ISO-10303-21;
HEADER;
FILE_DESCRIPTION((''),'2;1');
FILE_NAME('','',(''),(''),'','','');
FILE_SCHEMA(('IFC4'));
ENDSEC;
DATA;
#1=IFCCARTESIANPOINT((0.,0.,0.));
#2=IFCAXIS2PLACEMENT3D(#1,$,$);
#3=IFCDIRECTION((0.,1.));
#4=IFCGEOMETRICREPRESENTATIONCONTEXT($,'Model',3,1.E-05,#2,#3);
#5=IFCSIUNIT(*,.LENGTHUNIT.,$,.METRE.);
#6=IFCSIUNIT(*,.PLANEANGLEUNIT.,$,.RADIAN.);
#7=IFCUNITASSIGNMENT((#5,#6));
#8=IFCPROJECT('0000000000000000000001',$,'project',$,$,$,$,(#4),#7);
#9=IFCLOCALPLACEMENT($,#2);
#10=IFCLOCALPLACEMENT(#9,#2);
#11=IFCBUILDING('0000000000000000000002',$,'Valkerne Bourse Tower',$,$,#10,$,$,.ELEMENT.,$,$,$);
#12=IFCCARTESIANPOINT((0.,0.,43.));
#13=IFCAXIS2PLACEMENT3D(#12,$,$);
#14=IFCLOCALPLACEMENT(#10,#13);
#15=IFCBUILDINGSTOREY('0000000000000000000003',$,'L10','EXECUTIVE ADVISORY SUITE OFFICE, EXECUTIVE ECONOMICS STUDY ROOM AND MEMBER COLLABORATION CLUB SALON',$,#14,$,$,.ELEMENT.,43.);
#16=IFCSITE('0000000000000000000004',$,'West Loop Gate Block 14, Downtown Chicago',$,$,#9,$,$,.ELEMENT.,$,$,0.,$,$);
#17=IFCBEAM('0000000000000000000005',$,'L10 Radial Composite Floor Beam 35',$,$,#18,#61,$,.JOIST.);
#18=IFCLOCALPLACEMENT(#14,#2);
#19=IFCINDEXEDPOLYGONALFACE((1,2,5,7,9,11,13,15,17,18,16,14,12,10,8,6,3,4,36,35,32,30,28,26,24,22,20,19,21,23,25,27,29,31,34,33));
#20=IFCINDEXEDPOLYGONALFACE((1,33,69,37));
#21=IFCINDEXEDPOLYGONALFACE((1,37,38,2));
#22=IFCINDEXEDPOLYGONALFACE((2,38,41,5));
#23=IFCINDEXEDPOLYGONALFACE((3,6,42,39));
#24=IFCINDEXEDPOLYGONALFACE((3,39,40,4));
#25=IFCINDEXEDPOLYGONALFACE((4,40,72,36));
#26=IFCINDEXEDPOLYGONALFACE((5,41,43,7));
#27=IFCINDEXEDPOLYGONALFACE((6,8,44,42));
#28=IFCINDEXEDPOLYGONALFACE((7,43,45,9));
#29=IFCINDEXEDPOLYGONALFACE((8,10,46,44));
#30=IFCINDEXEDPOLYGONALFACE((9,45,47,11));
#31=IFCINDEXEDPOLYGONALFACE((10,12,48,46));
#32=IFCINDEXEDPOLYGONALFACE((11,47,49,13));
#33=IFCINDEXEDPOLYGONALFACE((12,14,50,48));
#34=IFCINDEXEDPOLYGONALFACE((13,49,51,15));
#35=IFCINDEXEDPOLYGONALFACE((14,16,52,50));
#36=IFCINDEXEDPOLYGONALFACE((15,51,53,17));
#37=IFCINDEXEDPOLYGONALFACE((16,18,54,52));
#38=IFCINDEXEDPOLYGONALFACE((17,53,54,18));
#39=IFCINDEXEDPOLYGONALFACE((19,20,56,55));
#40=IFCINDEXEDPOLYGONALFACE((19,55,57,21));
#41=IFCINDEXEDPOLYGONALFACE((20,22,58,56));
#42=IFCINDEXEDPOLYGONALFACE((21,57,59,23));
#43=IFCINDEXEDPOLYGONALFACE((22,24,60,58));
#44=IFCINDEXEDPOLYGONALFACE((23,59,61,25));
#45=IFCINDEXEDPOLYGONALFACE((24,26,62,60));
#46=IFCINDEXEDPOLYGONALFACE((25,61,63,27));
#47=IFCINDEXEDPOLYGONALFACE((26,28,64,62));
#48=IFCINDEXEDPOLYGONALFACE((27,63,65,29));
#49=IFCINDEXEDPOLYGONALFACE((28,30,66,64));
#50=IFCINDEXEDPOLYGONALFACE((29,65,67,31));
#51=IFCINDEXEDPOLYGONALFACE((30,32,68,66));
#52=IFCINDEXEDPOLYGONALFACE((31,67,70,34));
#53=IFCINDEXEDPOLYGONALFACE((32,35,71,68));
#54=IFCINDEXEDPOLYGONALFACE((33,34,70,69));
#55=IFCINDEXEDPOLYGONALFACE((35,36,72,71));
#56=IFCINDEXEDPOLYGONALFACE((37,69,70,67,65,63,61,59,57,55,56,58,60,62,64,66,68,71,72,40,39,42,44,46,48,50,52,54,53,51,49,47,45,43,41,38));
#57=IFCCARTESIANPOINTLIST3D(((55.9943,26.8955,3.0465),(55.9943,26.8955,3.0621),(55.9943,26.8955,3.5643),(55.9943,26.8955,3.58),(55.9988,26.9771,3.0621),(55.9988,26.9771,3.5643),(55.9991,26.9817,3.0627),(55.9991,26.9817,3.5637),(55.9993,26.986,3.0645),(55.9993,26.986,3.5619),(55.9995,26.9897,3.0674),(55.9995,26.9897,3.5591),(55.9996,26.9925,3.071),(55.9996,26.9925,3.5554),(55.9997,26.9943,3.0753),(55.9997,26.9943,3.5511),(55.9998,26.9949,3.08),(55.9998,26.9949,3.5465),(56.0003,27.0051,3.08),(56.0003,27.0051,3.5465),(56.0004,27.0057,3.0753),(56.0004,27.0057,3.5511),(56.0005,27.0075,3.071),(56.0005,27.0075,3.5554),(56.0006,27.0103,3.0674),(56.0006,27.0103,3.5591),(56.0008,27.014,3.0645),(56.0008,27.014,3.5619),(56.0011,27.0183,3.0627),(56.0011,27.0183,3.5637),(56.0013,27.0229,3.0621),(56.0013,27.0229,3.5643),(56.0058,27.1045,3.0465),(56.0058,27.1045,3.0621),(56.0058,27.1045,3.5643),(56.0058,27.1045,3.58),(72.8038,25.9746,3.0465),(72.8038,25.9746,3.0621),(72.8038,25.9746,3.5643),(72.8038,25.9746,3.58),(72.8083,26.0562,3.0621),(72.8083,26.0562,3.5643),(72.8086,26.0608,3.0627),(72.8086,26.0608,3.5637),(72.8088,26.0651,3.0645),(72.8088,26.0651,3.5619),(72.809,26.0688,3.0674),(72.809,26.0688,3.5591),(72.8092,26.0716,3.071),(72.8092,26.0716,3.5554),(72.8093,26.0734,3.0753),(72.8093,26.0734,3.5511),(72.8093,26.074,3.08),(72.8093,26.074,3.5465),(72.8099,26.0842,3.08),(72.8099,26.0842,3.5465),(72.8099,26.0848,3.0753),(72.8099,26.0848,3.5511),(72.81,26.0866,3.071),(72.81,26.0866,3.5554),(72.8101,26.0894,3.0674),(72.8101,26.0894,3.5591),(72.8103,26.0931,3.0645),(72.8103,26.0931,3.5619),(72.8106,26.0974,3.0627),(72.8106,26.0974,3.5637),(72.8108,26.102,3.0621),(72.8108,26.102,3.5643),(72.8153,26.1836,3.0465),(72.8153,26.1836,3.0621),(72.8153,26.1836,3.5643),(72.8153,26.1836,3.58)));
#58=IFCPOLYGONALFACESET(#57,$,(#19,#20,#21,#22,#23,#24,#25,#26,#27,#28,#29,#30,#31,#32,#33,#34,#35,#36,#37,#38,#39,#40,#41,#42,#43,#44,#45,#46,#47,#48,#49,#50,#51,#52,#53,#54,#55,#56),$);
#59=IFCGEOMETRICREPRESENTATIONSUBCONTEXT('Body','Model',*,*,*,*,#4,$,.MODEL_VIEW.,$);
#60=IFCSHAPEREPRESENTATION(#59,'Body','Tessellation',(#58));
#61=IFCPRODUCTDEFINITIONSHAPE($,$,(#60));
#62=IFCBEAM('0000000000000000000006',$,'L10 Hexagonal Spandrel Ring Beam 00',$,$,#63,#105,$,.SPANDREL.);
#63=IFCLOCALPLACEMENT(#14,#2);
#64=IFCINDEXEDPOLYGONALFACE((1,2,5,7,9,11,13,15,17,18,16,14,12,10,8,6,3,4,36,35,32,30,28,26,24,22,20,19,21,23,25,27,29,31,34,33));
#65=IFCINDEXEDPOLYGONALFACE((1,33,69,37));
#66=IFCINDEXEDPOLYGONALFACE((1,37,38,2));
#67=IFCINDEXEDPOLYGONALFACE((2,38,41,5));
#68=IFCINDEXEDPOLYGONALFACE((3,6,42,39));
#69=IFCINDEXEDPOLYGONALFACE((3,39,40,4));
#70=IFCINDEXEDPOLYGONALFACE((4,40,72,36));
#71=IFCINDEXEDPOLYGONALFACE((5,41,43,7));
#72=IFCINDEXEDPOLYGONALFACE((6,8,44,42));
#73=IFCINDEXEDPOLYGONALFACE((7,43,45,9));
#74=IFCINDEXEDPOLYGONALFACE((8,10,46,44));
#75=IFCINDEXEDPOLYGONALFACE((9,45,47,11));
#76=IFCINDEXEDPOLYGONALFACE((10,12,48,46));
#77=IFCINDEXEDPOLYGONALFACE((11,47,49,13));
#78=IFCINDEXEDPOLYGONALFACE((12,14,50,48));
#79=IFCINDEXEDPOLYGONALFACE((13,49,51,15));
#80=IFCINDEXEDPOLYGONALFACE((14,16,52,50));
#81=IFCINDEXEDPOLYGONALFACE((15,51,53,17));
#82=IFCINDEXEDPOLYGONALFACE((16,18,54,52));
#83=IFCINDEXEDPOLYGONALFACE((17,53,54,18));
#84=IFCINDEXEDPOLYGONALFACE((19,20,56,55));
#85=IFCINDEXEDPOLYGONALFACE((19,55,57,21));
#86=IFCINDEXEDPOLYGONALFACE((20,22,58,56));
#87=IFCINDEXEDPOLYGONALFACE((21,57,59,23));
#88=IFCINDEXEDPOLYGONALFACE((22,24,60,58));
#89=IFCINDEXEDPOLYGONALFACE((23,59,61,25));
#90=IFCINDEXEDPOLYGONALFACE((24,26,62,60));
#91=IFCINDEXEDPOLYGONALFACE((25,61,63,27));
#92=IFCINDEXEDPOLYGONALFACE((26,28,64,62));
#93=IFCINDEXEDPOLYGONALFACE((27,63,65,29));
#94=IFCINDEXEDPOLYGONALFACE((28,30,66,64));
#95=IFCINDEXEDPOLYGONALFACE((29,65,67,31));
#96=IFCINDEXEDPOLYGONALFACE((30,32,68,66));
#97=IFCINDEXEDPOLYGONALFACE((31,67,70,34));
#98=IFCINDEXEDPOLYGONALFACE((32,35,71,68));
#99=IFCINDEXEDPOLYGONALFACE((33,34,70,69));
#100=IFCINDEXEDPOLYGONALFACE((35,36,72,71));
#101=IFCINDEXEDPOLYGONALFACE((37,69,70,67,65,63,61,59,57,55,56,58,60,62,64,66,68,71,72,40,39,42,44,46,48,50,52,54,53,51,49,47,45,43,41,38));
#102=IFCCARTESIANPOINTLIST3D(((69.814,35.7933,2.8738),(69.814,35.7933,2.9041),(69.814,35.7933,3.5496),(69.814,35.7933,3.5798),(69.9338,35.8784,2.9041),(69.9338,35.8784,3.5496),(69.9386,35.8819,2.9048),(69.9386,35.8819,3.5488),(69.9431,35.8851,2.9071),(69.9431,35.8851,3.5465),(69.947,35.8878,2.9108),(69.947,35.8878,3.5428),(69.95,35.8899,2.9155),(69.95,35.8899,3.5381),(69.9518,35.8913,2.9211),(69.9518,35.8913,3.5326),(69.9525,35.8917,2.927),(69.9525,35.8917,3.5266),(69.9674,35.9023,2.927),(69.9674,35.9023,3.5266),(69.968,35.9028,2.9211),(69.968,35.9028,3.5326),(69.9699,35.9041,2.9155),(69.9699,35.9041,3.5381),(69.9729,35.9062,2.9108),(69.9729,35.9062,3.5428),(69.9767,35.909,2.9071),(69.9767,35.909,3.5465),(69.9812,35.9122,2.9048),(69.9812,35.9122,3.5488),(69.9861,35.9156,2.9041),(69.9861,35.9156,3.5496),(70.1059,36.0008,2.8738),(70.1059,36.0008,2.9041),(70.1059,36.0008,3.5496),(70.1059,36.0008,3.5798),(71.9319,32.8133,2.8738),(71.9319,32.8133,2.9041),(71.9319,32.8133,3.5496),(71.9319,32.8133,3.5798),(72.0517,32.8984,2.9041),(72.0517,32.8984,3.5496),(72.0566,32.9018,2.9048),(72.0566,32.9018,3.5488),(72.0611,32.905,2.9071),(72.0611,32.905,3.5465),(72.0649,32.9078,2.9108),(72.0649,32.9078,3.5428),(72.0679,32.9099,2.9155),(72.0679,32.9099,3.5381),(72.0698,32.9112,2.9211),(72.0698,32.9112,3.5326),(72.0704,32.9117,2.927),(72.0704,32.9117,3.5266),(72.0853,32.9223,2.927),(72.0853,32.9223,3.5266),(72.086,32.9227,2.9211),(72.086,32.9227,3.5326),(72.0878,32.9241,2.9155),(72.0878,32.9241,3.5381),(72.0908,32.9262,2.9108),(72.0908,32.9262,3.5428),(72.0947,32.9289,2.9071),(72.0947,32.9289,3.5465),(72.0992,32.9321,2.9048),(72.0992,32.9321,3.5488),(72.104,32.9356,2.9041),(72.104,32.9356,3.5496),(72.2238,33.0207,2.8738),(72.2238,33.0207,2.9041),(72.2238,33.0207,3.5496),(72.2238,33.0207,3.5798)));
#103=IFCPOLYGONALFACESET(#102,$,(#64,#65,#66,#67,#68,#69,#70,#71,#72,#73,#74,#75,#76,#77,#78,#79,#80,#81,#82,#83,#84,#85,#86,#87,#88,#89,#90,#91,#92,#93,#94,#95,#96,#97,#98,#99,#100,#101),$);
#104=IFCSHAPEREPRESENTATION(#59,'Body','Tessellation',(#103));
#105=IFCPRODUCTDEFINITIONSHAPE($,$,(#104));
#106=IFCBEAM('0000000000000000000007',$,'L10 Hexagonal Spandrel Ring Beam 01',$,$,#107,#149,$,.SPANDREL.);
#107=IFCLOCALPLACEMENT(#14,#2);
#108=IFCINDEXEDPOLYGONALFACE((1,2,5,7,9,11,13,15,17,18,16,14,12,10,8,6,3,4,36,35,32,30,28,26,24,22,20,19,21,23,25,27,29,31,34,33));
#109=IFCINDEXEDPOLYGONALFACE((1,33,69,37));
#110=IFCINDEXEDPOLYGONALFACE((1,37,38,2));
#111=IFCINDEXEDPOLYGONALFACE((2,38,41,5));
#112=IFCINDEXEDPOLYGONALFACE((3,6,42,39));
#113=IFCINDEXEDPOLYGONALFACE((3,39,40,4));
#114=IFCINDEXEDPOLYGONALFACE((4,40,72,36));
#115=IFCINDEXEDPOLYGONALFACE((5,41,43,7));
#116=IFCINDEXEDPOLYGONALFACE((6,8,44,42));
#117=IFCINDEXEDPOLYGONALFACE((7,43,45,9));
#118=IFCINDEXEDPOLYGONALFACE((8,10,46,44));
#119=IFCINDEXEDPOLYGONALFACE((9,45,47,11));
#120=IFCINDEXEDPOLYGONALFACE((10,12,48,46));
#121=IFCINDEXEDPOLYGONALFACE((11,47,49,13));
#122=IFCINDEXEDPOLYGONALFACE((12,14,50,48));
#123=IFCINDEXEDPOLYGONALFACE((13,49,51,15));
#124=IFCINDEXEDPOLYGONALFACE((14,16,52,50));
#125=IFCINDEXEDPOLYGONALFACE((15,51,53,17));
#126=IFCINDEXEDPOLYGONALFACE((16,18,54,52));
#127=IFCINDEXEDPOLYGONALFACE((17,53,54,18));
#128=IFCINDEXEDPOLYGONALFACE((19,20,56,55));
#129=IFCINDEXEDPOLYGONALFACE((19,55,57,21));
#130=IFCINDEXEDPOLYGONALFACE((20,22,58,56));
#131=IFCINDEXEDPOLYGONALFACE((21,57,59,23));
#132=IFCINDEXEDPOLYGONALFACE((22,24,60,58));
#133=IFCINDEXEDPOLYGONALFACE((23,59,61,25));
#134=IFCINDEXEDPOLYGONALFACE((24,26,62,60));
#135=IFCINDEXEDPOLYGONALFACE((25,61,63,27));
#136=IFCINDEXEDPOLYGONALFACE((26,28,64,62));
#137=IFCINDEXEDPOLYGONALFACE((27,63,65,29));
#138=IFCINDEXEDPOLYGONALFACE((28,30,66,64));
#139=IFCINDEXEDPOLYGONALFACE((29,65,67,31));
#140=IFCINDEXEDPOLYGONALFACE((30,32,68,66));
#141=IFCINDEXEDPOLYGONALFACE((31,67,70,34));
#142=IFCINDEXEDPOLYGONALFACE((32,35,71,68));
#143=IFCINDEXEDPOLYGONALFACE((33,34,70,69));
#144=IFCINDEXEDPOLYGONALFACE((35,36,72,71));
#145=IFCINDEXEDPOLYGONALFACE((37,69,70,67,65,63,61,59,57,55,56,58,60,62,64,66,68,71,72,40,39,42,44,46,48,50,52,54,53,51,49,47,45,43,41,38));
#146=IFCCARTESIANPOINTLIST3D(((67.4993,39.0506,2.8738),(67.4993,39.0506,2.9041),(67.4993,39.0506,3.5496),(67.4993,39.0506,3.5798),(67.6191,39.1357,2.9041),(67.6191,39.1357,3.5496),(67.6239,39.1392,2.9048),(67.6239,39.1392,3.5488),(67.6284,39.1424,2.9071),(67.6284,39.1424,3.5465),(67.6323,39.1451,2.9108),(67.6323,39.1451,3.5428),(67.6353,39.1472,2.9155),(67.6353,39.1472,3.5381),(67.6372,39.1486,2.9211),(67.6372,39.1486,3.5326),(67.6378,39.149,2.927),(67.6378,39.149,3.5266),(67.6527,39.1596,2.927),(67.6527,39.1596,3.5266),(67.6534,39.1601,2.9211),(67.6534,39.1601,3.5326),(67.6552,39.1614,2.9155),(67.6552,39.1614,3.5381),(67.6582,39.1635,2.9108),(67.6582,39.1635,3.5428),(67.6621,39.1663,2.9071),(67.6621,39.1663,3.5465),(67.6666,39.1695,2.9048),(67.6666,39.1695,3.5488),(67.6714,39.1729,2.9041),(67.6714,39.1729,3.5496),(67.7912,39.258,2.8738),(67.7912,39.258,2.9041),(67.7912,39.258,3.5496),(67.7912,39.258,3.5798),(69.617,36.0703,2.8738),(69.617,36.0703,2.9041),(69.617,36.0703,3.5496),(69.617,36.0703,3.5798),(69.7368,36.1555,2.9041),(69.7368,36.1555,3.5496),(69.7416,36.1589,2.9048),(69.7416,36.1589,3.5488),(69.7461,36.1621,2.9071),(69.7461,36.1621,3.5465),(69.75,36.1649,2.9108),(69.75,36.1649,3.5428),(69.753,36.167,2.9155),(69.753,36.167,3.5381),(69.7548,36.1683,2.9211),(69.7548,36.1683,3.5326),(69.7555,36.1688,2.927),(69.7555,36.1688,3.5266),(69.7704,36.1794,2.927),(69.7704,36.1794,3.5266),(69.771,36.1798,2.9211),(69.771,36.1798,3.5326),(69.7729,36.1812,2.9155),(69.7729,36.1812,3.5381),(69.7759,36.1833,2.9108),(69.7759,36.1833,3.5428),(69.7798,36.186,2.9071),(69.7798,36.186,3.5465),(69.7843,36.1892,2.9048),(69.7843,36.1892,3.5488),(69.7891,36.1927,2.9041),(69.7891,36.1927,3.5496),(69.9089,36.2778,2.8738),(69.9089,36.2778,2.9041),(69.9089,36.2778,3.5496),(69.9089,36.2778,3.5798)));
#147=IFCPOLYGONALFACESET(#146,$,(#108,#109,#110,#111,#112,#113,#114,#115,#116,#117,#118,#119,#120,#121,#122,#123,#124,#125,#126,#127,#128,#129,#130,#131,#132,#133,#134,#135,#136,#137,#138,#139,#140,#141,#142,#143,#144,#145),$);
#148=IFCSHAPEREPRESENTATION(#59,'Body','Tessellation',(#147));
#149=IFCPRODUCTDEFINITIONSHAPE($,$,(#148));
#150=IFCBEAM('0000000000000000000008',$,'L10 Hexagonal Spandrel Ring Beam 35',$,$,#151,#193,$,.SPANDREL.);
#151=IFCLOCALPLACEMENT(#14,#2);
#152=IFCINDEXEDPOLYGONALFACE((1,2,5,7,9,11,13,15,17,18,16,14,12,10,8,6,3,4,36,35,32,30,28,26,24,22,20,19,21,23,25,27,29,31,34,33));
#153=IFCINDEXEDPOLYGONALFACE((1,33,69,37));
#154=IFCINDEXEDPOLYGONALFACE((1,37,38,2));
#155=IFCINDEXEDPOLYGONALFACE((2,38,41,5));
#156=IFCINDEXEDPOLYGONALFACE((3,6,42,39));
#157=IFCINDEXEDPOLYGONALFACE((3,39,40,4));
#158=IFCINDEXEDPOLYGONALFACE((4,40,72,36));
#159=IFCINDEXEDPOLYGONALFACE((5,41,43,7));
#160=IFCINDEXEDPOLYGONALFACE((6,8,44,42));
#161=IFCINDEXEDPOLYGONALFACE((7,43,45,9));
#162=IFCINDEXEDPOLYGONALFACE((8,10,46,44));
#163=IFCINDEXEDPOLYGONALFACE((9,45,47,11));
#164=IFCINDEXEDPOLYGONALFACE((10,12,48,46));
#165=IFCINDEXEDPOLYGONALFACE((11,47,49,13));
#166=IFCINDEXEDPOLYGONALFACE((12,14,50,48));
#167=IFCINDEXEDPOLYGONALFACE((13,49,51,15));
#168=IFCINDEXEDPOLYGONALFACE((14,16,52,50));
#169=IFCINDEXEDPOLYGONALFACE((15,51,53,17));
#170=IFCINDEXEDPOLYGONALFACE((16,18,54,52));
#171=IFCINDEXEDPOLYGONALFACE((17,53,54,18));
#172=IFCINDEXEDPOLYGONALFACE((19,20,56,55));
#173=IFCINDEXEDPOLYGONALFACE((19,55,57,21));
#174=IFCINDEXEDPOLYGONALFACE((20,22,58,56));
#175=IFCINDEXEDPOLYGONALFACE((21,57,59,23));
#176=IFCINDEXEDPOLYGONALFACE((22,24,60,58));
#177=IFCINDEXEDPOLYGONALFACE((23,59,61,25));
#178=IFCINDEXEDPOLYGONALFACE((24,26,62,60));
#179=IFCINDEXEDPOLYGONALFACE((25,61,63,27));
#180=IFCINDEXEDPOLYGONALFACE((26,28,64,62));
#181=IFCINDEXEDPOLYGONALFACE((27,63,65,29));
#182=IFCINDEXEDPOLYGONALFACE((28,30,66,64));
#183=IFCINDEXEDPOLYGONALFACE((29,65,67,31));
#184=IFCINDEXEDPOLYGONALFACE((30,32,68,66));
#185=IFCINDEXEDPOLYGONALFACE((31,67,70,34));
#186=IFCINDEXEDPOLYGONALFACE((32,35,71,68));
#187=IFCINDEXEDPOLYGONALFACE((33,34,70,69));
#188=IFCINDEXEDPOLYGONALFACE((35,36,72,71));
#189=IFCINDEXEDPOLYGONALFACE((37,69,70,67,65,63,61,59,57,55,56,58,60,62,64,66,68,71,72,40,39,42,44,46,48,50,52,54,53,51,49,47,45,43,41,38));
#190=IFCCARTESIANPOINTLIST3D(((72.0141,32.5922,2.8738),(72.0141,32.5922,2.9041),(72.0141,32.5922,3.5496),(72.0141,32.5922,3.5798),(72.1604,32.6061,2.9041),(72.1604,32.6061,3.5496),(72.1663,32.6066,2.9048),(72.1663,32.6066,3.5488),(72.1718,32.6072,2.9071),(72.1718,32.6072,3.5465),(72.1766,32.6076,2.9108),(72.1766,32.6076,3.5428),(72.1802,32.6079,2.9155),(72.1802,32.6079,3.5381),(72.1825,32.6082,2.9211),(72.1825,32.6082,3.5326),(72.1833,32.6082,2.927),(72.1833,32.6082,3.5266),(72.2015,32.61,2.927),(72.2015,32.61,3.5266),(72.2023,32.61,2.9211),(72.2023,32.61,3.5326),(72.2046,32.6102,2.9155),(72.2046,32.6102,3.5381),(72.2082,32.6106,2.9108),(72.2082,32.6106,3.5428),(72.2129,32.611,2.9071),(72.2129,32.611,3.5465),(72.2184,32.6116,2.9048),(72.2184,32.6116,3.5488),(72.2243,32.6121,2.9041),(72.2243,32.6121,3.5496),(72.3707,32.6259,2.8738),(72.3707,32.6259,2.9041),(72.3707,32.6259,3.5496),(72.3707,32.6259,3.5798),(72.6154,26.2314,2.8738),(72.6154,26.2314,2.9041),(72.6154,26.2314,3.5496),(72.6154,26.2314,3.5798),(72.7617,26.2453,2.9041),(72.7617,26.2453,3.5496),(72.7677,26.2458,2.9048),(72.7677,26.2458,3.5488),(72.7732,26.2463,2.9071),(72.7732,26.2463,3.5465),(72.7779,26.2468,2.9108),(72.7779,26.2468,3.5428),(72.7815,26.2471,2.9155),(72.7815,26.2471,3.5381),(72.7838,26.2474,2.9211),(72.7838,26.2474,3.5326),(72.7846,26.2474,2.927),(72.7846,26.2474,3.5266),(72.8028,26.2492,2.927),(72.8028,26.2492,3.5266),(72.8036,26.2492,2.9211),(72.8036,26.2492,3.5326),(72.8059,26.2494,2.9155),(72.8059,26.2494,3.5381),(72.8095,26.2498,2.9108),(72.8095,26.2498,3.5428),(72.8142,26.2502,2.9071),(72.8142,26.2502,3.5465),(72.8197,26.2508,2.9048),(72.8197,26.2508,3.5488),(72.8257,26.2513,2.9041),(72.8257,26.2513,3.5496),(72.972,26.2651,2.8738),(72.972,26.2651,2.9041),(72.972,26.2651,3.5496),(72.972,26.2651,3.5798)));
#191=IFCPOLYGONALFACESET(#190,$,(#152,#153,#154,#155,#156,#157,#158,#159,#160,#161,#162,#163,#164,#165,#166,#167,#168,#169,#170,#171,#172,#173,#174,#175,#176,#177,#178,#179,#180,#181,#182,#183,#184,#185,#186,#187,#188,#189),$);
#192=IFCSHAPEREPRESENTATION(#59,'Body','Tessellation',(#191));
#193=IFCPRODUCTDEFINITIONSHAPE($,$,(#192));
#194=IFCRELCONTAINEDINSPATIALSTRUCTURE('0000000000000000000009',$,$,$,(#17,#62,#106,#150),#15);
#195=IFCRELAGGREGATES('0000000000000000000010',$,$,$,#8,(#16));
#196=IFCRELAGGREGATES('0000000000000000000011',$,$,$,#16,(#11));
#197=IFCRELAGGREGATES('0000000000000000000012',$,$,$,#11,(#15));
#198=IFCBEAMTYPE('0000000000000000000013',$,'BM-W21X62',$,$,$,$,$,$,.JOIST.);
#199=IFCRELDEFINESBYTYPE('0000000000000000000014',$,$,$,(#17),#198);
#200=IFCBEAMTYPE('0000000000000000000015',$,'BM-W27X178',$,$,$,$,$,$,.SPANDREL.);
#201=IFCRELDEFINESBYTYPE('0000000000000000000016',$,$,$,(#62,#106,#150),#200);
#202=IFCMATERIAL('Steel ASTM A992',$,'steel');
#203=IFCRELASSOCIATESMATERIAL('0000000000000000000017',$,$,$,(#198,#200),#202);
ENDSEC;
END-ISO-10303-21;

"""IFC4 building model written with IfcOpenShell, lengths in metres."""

from ifc_helpers import new_model, si_unit, direction, frame, origin, origin_2d, place, context, subcontext, project, spatial, i_section, extrude, material, material_profile, profile_set, type_object, element, save


model = new_model("IFC4")

# Units and contexts
model_context = context("Model", 3, precision=1e-05, world=origin(), true_north=direction((0.0, 1.0)))
body_context = subcontext(model_context, "Body", "Model", "MODEL_VIEW")
ifc_project = project(units=[si_unit("LENGTHUNIT", "METRE"), si_unit("PLANEANGLEUNIT", "RADIAN")], contexts=[model_context])

# Site, building, storey
site_placement = place(None, origin())
site = spatial("IfcSite", under=ifc_project, at=site_placement, Name="West Loop Gate Block 14, Downtown Chicago", CompositionType="ELEMENT", RefElevation=0.0)
building_placement = place(site_placement, origin())
building = spatial("IfcBuilding", under=site, at=building_placement, Name="Valkerne Bourse Tower", CompositionType="ELEMENT")
storey_placement = place(building_placement, frame((0.0, 0.0, 43.0)))
storey = spatial("IfcBuildingStorey", under=building, at=storey_placement, Name="L10", Description="EXECUTIVE ADVISORY SUITE OFFICE, EXECUTIVE ECONOMICS STUDY ROOM AND MEMBER COLLABORATION CLUB SALON", CompositionType="ELEMENT", Elevation=43.0)

# Beams
ifc_material_1 = material(Name="Steel ASTM A992", Category="steel")
ifc_material_profile_1 = material_profile(ifc_material_1, i_section(OverallWidth=0.2092, OverallDepth=0.5334, WebThickness=0.0103, FlangeThickness=0.0156, FilletRadius=0.0178, at=origin_2d()), Name="W21X62")
ifc_profile_set_1 = profile_set([ifc_material_profile_1], Name="Steel ASTM A992")
beam_type_1 = type_object("IfcBeamType", Name="BM-W21X62", PredefinedType="JOIST", material=ifc_profile_set_1)
beam_1_placement = place(storey_placement, frame((72.8096, 26.0791, 3.3132), z_axis=(-0.998503, 0.054702, 0.0), x_axis=(-0.054702, -0.998503, 0.0)))
element("IfcBeam", 1, at=beam_1_placement, inside=storey, type_object=beam_type_1, Name="L10 Radial Composite Floor Beam 35", PredefinedType="JOIST", context=body_context, shape_type="SweptSolid", body=[
    extrude(i_section(OverallWidth=0.2092, OverallDepth=0.5334, WebThickness=0.0103, FlangeThickness=0.0156, FilletRadius=0.0178, at=origin_2d()), origin(), (0.0, 0.0, 1.0), 16.8347),
])
ifc_material_profile_2 = material_profile(ifc_material_1, i_section(OverallWidth=0.3582, OverallDepth=0.7061, WebThickness=0.0183, FlangeThickness=0.0303, FilletRadius=0.0229, at=origin_2d()), Name="W27X178")
ifc_profile_set_2 = profile_set([ifc_material_profile_2], Name="Steel ASTM A992")
beam_type_2 = type_object("IfcBeamType", Name="BM-W27X178", PredefinedType="SPANDREL", material=ifc_profile_set_2)
for number, where, z_axis, x_axis, name in (
    (2, (72.0779, 32.917, 3.2268), (-0.57931, 0.815107, 0.0), (-0.815107, -0.57931, 0.0), "L10 Hexagonal Spandrel Ring Beam 00"),
    (3, (69.7629, 36.1741, 3.2268), (-0.579234, 0.815161, 0.0), (-0.815161, -0.579234, 0.0), "L10 Hexagonal Spandrel Ring Beam 01"),
):
    element("IfcBeam", number, at=place(storey_placement, frame(where, z_axis=z_axis, x_axis=x_axis)), inside=storey, type_object=beam_type_2, Name=name, PredefinedType="SPANDREL", context=body_context, shape_type="SweptSolid", body=[
        extrude(i_section(OverallWidth=0.3582, OverallDepth=0.7061, WebThickness=0.0183, FlangeThickness=0.0303, FilletRadius=0.0229, at=origin_2d()), origin(), (0.0, 0.0, 1.0), 3.656),
    ])
beam_2_placement = place(storey_placement, frame((72.7937, 26.2483, 3.2268), z_axis=(-0.094115, 0.995561, 0.0), x_axis=(-0.995561, -0.094115, 0.0)))
element("IfcBeam", 4, at=beam_2_placement, inside=storey, type_object=beam_type_2, Name="L10 Hexagonal Spandrel Ring Beam 35", PredefinedType="SPANDREL", context=body_context, shape_type="SweptSolid", body=[
    extrude(i_section(OverallWidth=0.3582, OverallDepth=0.7061, WebThickness=0.0183, FlangeThickness=0.0303, FilletRadius=0.0229, at=origin_2d()), origin(), (0.0, 0.0, 1.0), 6.3892),
])

save(model, "model.ifc")
